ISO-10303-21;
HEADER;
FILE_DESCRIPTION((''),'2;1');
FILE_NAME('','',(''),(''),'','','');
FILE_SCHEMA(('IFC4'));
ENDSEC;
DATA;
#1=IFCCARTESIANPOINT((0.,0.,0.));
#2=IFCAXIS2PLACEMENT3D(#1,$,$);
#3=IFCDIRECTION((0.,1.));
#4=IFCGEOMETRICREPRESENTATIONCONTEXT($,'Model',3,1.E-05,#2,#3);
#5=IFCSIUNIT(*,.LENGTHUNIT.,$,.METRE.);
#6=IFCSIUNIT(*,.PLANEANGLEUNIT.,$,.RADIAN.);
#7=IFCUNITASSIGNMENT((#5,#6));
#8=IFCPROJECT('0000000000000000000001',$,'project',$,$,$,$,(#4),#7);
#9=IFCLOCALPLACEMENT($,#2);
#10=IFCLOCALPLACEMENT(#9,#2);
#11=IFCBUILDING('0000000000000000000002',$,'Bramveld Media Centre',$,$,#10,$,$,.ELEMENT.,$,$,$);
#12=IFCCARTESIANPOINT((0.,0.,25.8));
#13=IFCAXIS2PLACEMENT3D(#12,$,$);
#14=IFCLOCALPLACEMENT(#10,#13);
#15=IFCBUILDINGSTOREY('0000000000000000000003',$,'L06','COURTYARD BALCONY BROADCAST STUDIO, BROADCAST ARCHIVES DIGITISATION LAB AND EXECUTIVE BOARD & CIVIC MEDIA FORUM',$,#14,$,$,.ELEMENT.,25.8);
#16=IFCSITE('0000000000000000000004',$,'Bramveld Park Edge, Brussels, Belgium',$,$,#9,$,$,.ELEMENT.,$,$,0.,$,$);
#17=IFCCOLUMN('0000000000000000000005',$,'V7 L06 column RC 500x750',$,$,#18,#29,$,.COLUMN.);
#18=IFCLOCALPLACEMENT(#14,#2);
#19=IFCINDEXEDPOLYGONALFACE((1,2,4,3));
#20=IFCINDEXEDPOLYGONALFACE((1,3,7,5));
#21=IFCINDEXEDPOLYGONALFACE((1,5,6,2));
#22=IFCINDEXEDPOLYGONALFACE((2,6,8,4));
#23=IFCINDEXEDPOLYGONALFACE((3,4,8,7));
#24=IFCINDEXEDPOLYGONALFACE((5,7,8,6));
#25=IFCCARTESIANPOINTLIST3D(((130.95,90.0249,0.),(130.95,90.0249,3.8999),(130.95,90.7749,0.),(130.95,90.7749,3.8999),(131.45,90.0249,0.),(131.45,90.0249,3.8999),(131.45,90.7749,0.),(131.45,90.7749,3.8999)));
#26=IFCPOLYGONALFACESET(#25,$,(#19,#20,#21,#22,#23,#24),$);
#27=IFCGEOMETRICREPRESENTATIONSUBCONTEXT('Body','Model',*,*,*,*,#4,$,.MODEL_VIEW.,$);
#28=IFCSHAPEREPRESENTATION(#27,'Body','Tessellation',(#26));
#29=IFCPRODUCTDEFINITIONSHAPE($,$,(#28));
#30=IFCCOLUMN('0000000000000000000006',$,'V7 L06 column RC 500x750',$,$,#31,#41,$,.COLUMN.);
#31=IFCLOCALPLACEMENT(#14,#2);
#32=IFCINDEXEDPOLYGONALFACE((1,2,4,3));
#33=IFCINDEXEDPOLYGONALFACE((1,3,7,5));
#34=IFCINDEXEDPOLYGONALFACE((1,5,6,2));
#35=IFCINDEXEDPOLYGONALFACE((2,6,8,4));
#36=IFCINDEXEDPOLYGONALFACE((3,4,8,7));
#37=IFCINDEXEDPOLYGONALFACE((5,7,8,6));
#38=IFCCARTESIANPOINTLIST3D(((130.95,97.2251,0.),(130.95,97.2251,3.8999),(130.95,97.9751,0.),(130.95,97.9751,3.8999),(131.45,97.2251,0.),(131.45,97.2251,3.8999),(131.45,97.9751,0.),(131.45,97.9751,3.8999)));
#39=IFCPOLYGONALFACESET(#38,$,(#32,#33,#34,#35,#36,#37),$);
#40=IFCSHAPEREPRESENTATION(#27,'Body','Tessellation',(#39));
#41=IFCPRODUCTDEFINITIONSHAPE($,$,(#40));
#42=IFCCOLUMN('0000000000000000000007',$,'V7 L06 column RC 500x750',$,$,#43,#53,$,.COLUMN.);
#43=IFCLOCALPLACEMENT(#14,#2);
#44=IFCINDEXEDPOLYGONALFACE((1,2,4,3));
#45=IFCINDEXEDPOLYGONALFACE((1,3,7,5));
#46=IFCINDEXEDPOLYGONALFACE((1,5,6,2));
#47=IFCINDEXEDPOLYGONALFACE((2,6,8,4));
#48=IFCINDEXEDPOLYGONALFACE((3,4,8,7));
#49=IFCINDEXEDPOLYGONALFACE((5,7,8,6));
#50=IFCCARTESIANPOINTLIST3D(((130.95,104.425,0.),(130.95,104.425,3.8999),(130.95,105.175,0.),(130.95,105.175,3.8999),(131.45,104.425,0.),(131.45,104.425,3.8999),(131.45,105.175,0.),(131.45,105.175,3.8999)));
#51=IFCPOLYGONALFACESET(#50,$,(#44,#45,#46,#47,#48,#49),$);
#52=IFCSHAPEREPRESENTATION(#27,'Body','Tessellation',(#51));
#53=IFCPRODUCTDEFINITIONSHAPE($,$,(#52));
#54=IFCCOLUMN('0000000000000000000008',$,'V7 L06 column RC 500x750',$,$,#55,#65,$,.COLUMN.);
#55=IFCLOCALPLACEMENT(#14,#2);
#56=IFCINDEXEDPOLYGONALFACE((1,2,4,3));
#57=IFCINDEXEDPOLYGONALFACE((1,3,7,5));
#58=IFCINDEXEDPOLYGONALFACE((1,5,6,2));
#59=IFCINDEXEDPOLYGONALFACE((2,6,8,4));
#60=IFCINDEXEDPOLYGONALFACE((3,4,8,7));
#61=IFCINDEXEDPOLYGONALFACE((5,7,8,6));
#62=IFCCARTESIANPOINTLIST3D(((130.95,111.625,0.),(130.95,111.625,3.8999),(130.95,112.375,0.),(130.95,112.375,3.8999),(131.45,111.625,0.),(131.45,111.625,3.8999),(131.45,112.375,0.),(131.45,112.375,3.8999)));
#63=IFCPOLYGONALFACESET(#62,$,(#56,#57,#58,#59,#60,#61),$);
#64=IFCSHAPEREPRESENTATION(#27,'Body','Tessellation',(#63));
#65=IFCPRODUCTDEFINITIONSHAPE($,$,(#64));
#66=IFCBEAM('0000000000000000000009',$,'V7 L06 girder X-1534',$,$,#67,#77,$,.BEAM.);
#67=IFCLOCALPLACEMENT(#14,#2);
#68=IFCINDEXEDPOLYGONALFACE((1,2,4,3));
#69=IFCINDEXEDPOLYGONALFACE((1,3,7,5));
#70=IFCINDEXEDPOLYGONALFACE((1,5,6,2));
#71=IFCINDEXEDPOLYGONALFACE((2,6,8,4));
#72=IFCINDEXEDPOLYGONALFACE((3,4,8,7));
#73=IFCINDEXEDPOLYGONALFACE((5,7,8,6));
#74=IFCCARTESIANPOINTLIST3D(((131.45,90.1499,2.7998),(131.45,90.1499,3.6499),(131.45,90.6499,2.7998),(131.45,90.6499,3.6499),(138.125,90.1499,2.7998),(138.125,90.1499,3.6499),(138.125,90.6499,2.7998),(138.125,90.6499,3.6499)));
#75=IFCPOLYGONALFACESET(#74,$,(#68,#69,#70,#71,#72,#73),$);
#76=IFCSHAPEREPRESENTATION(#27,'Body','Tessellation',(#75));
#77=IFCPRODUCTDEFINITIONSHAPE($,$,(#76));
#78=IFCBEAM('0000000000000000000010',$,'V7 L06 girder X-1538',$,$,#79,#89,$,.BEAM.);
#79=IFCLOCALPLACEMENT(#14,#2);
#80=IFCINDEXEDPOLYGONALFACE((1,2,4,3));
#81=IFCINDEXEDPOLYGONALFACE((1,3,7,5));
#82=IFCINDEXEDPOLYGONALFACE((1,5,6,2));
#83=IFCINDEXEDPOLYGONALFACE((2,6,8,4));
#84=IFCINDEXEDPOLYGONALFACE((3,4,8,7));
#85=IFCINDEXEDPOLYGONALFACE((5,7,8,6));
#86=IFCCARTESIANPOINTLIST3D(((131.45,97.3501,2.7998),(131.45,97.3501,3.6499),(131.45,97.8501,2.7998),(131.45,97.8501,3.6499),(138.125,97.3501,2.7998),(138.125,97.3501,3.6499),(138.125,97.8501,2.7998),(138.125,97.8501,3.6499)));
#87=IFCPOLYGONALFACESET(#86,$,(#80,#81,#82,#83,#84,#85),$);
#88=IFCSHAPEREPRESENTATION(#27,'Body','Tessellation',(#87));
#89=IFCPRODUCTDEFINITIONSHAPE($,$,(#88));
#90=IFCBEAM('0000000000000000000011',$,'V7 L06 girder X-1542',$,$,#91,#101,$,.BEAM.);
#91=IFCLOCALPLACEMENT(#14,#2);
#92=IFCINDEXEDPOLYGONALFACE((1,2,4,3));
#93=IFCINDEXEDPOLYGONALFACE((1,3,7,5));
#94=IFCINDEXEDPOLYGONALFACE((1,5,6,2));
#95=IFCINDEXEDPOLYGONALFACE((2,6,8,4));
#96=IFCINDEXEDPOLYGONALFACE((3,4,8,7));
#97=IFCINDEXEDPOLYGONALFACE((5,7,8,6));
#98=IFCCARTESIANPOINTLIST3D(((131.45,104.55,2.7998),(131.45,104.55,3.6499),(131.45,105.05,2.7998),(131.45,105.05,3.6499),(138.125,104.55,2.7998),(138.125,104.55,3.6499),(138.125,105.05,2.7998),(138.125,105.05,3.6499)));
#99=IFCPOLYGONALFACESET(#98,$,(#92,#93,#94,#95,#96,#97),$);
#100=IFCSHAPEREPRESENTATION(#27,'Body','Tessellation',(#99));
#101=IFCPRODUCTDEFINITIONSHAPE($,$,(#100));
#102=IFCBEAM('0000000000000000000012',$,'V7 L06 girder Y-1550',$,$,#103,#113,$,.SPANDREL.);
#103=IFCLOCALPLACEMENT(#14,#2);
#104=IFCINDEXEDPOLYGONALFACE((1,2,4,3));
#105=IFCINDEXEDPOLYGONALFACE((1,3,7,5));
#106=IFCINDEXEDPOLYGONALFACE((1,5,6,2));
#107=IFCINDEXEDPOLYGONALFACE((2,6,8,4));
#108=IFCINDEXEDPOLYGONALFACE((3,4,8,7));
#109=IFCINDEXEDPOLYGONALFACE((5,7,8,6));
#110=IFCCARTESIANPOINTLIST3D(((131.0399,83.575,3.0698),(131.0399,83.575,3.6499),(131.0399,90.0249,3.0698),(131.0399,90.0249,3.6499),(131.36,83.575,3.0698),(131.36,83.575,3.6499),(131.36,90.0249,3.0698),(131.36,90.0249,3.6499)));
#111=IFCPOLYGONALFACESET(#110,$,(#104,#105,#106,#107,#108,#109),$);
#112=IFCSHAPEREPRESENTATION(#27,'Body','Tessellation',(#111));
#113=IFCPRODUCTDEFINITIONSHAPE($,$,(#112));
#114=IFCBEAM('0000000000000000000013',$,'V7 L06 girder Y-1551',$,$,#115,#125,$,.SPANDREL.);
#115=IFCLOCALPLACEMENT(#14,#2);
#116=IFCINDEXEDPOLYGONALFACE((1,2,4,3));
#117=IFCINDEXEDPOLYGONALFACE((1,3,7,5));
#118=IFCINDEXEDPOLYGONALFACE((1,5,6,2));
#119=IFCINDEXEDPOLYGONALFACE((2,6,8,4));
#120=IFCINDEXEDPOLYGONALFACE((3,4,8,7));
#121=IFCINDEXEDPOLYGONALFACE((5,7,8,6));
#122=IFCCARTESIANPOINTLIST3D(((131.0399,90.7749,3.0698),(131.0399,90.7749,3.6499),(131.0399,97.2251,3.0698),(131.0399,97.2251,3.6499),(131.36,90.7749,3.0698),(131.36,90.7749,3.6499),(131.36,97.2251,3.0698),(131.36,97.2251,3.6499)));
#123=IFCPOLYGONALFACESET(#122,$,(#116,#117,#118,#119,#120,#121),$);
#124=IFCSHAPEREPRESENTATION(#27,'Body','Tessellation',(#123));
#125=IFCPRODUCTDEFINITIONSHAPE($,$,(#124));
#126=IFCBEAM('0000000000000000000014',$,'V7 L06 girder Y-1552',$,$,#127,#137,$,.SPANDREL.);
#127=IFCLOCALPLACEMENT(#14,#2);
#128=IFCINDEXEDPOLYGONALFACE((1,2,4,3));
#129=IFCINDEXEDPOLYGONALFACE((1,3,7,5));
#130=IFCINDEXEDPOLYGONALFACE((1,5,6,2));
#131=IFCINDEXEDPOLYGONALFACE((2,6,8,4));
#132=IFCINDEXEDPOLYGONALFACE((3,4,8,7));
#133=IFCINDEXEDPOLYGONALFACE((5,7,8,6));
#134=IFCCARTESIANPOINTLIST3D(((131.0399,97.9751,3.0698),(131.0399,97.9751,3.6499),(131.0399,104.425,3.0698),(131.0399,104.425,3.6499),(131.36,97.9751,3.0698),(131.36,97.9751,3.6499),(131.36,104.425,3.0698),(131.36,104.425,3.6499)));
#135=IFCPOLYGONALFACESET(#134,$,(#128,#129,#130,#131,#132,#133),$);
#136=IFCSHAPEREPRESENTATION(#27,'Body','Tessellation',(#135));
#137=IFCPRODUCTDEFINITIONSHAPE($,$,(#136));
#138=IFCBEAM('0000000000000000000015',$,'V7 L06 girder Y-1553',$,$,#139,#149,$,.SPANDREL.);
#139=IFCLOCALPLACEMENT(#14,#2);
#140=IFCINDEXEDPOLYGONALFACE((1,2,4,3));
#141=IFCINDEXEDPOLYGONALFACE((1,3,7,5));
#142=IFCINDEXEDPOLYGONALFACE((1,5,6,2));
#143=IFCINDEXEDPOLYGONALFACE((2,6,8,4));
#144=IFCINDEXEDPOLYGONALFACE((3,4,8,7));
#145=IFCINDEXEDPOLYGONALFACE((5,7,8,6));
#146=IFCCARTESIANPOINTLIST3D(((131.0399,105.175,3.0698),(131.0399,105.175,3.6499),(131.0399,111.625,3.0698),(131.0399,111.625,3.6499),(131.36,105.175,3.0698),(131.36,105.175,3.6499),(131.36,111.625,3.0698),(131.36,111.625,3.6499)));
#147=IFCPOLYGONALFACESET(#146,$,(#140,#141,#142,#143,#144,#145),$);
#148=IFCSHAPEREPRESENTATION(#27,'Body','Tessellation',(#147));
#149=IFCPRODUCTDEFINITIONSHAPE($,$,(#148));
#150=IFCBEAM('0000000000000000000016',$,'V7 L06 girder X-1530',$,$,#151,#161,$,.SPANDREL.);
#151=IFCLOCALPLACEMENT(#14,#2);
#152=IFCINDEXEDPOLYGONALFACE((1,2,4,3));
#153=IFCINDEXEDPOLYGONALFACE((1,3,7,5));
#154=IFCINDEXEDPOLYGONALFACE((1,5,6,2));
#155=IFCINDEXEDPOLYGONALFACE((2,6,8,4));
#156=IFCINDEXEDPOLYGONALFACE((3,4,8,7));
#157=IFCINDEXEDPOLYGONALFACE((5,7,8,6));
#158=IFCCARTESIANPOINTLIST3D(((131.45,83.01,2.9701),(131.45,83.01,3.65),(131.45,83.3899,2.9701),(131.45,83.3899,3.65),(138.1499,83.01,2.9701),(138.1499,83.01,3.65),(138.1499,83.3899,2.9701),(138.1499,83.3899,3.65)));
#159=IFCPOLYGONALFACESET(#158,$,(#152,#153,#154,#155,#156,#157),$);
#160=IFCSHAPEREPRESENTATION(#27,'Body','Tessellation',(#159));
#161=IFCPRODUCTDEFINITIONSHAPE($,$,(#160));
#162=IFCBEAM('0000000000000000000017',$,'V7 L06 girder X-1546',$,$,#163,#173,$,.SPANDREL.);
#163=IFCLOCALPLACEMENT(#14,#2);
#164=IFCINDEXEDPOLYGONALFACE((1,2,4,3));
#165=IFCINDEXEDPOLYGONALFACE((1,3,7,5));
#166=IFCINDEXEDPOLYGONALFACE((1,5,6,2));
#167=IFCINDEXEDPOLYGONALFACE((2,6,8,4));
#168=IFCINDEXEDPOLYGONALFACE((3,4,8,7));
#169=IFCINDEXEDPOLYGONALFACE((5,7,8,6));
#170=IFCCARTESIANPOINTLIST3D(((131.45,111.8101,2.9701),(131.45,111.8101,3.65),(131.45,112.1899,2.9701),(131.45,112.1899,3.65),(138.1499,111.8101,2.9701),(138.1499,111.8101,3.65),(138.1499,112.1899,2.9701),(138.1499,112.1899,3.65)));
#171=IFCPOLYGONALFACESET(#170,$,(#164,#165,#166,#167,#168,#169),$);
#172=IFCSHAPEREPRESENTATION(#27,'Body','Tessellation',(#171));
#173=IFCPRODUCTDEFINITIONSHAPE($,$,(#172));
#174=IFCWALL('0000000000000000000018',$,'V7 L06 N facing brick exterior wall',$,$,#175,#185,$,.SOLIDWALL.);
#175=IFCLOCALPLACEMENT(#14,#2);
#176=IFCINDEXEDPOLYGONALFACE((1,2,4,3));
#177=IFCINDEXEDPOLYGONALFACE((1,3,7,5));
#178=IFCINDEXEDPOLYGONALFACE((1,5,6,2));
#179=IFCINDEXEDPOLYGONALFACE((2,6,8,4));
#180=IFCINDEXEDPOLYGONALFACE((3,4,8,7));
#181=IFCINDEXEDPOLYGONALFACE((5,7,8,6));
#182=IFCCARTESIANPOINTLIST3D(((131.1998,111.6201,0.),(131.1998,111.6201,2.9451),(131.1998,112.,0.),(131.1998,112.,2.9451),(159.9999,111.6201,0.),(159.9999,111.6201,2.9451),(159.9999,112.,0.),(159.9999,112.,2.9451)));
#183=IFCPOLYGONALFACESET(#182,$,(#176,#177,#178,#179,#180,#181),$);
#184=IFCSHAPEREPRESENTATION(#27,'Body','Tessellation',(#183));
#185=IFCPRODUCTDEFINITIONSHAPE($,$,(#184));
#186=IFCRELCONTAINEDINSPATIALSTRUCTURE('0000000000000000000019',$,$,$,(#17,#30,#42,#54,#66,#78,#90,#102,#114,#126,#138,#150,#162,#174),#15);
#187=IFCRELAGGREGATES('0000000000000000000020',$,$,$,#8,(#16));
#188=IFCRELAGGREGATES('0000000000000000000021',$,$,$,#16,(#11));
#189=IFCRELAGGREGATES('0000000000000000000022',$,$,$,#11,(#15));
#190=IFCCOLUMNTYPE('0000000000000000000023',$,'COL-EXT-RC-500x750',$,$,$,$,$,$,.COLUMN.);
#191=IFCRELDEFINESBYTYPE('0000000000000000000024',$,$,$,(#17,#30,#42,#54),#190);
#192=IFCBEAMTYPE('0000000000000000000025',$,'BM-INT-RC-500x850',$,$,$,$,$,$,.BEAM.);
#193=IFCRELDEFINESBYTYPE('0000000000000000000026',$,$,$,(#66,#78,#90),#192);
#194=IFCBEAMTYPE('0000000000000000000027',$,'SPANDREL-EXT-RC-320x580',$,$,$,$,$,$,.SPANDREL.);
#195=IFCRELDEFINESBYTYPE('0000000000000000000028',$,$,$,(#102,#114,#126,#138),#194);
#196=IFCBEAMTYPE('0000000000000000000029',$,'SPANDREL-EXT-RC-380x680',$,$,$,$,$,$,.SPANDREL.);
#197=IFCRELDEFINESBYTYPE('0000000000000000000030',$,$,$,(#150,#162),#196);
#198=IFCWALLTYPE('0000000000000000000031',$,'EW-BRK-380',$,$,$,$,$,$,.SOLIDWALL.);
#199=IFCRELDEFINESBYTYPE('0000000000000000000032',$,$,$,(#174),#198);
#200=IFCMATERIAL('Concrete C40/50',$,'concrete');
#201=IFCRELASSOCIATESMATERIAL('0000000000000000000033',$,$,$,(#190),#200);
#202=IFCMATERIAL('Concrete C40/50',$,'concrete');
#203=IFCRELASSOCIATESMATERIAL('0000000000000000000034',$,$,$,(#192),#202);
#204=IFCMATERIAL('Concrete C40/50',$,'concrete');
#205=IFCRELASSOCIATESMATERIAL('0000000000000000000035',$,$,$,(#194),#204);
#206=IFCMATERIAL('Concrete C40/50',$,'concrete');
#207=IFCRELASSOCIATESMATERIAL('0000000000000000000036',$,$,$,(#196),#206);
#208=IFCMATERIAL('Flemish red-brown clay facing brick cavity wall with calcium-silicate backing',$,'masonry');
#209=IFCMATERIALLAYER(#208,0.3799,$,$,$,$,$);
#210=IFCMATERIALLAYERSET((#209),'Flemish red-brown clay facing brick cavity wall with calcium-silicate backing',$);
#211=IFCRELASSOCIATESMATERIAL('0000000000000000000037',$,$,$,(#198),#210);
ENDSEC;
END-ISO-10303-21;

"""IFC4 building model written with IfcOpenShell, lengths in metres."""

from ifc_helpers import new_model, si_unit, direction, frame, frame_2d, origin, origin_2d, place, context, subcontext, project, spatial, rectangle, extrude, material, layer, layer_set, material_profile, profile_set, type_object, element, save


model = new_model("IFC4")

# Units and contexts
model_context = context("Model", 3, precision=1e-05, world=origin(), true_north=direction((0.0, 1.0)))
body_context = subcontext(model_context, "Body", "Model", "MODEL_VIEW")
ifc_project = project(units=[si_unit("LENGTHUNIT", "METRE"), si_unit("PLANEANGLEUNIT", "RADIAN")], contexts=[model_context])

# Site, building, storey
site_placement = place(None, origin())
site = spatial("IfcSite", under=ifc_project, at=site_placement, Name="Bramveld Park Edge, Brussels, Belgium", CompositionType="ELEMENT", RefElevation=0.0)
building_placement = place(site_placement, origin())
building = spatial("IfcBuilding", under=site, at=building_placement, Name="Bramveld Media Centre", CompositionType="ELEMENT")
storey_placement = place(building_placement, frame((0.0, 0.0, 25.8)))
storey = spatial("IfcBuildingStorey", under=building, at=storey_placement, Name="L06", Description="COURTYARD BALCONY BROADCAST STUDIO, BROADCAST ARCHIVES DIGITISATION LAB AND EXECUTIVE BOARD & CIVIC MEDIA FORUM", CompositionType="ELEMENT", Elevation=25.8)

# Columns
ifc_material_1 = material(Name="Concrete C40/50", Category="concrete")
ifc_material_profile_1 = material_profile(ifc_material_1, rectangle(XDim=0.5, YDim=0.75, at=origin_2d()), Name="RC 500x750")
ifc_profile_set_1 = profile_set([ifc_material_profile_1], Name="Concrete C40/50")
column_type = type_object("IfcColumnType", Name="COL-EXT-RC-500x750", PredefinedType="COLUMN", material=ifc_profile_set_1)
for number, where, z_axis, x_axis, name in (
    (1, (131.2, 90.3999, 0.0), (0.0, 0.0, 1.0), (1.0, 0.0, 0.0), "V7 L06 column RC 500x750"),
    (2, (131.2, 97.6001, 0.0), (0.0, 0.0, 1.0), (1.0, 0.0, 0.0), "V7 L06 column RC 500x750"),
    (3, (131.2, 104.8, 0.0), (0.0, 0.0, 1.0), (1.0, 0.0, 0.0), "V7 L06 column RC 500x750"),
    (4, (131.2, 112.0, 0.0), (0.0, 0.0, 1.0), (1.0, 0.0, 0.0), "V7 L06 column RC 500x750"),
):
    element("IfcColumn", number, at=place(storey_placement, frame(where, z_axis=z_axis, x_axis=x_axis)), inside=storey, type_object=column_type, Name=name, PredefinedType="COLUMN", context=body_context, shape_type="SweptSolid", body=[
        extrude(rectangle(XDim=0.5, YDim=0.75, at=origin_2d()), origin(), (0.0, 0.0, 1.0), 3.8999),
    ])

# Beams
ifc_material_2 = material(Name="Concrete C40/50", Category="concrete")
ifc_material_profile_2 = material_profile(ifc_material_2, rectangle(XDim=0.5, YDim=0.8501, at=origin_2d()), Name="RC 500x850")
ifc_profile_set_2 = profile_set([ifc_material_profile_2], Name="Concrete C40/50")
beam_type_1 = type_object("IfcBeamType", Name="BM-INT-RC-500x850", PredefinedType="BEAM", material=ifc_profile_set_2)
for number, where, z_axis, x_axis, name in (
    (5, (131.45, 90.3999, 3.2249), (1.0, 0.0, 0.0), (0.0, 1.0, 0.0), "V7 L06 girder X-1534"),
    (6, (131.45, 97.6001, 3.2249), (1.0, 0.0, 0.0), (0.0, 1.0, 0.0), "V7 L06 girder X-1538"),
    (7, (131.45, 104.8, 3.2249), (1.0, 0.0, 0.0), (0.0, 1.0, 0.0), "V7 L06 girder X-1542"),
):
    element("IfcBeam", number, at=place(storey_placement, frame(where, z_axis=z_axis, x_axis=x_axis)), inside=storey, type_object=beam_type_1, Name=name, PredefinedType="BEAM", context=body_context, shape_type="SweptSolid", body=[
        extrude(rectangle(XDim=0.5, YDim=0.8501, at=origin_2d()), origin(), (0.0, 0.0, 1.0), 6.675),
    ])
ifc_material_3 = material(Name="Concrete C40/50", Category="concrete")
ifc_material_profile_3 = material_profile(ifc_material_3, rectangle(XDim=0.3201, YDim=0.5801, at=origin_2d()), Name="RC 320x580")
ifc_profile_set_3 = profile_set([ifc_material_profile_3], Name="Concrete C40/50")
beam_type_2 = type_object("IfcBeamType", Name="SPANDREL-EXT-RC-320x580", PredefinedType="SPANDREL", material=ifc_profile_set_3)
beam_1_placement = place(storey_placement, frame((131.2, 83.575, 3.3599), z_axis=(0.0, 1.0, 0.0), x_axis=(-1.0, 0.0, 0.0)))
element("IfcBeam", 8, at=beam_1_placement, inside=storey, type_object=beam_type_2, Name="V7 L06 girder Y-1550", PredefinedType="SPANDREL", context=body_context, shape_type="SweptSolid", body=[
    extrude(rectangle(XDim=0.3201, YDim=0.5801, at=origin_2d()), origin(), (0.0, 0.0, 1.0), 6.45),
])
beam_2_placement = place(storey_placement, frame((131.2, 90.7749, 3.3599), z_axis=(0.0, 1.0, 0.0), x_axis=(-1.0, 0.0, 0.0)))
element("IfcBeam", 9, at=beam_2_placement, inside=storey, type_object=beam_type_2, Name="V7 L06 girder Y-1551", PredefinedType="SPANDREL", context=body_context, shape_type="SweptSolid", body=[
    extrude(rectangle(XDim=0.3201, YDim=0.5801, at=origin_2d()), origin(), (0.0, 0.0, 1.0), 6.4502),
])
for number, where, z_axis, x_axis, name in (
    (10, (131.2, 97.9751, 3.3599), (0.0, 1.0, 0.0), (-1.0, 0.0, 0.0), "V7 L06 girder Y-1552"),
    (11, (131.2, 105.175, 3.3599), (0.0, 1.0, 0.0), (-1.0, 0.0, 0.0), "V7 L06 girder Y-1553"),
):
    element("IfcBeam", number, at=place(storey_placement, frame(where, z_axis=z_axis, x_axis=x_axis)), inside=storey, type_object=beam_type_2, Name=name, PredefinedType="SPANDREL", context=body_context, shape_type="SweptSolid", body=[
        extrude(rectangle(XDim=0.3201, YDim=0.5801, at=origin_2d()), origin(), (0.0, 0.0, 1.0), 6.45),
    ])
ifc_material_4 = material(Name="Concrete C40/50", Category="concrete")
ifc_material_profile_4 = material_profile(ifc_material_4, rectangle(XDim=0.3799, YDim=0.6799, at=origin_2d()), Name="RC 380x680")
ifc_profile_set_4 = profile_set([ifc_material_profile_4], Name="Concrete C40/50")
beam_type_3 = type_object("IfcBeamType", Name="SPANDREL-EXT-RC-380x680", PredefinedType="SPANDREL", material=ifc_profile_set_4)
for number, where, z_axis, x_axis, name in (
    (12, (131.45, 83.2, 3.3101), (1.0, 0.0, 0.0), (0.0, 1.0, 0.0), "V7 L06 girder X-1530"),
    (13, (131.45, 112.0, 3.3101), (1.0, 0.0, 0.0), (0.0, 1.0, 0.0), "V7 L06 girder X-1546"),
):
    element("IfcBeam", number, at=place(storey_placement, frame(where, z_axis=z_axis, x_axis=x_axis)), inside=storey, type_object=beam_type_3, Name=name, PredefinedType="SPANDREL", context=body_context, shape_type="SweptSolid", body=[
        extrude(rectangle(XDim=0.3799, YDim=0.6799, at=origin_2d()), origin(), (0.0, 0.0, 1.0), 6.7),
    ])

# Wall
ifc_material_5 = material(Name="Flemish red-brown clay facing brick cavity wall with calcium-silicate backing", Category="masonry")
ifc_layer_1 = layer(ifc_material_5, 0.3799)
ifc_layer_set_1 = layer_set([ifc_layer_1], Name="Flemish red-brown clay facing brick cavity wall with calcium-silicate backing")
wall_type_1 = type_object("IfcWallType", Name="EW-BRK-380", PredefinedType="SOLIDWALL", material=ifc_layer_set_1)
wall_1_placement = place(storey_placement, frame((131.2, 111.8101, 0.0), z_axis=(0.0, 0.0, 1.0), x_axis=(1.0, 0.0, 0.0)))
element("IfcWall", 14, at=wall_1_placement, inside=storey, type_object=wall_type_1, Name="V7 L06 N facing brick exterior wall", PredefinedType="SOLIDWALL", context=body_context, shape_type="SweptSolid", body=[
    extrude(rectangle(XDim=28.8, YDim=0.3799, at=frame_2d((14.3999, 0.0))), origin(), (0.0, 0.0, 1.0), 2.9451),
])

save(model, "model.ifc")
